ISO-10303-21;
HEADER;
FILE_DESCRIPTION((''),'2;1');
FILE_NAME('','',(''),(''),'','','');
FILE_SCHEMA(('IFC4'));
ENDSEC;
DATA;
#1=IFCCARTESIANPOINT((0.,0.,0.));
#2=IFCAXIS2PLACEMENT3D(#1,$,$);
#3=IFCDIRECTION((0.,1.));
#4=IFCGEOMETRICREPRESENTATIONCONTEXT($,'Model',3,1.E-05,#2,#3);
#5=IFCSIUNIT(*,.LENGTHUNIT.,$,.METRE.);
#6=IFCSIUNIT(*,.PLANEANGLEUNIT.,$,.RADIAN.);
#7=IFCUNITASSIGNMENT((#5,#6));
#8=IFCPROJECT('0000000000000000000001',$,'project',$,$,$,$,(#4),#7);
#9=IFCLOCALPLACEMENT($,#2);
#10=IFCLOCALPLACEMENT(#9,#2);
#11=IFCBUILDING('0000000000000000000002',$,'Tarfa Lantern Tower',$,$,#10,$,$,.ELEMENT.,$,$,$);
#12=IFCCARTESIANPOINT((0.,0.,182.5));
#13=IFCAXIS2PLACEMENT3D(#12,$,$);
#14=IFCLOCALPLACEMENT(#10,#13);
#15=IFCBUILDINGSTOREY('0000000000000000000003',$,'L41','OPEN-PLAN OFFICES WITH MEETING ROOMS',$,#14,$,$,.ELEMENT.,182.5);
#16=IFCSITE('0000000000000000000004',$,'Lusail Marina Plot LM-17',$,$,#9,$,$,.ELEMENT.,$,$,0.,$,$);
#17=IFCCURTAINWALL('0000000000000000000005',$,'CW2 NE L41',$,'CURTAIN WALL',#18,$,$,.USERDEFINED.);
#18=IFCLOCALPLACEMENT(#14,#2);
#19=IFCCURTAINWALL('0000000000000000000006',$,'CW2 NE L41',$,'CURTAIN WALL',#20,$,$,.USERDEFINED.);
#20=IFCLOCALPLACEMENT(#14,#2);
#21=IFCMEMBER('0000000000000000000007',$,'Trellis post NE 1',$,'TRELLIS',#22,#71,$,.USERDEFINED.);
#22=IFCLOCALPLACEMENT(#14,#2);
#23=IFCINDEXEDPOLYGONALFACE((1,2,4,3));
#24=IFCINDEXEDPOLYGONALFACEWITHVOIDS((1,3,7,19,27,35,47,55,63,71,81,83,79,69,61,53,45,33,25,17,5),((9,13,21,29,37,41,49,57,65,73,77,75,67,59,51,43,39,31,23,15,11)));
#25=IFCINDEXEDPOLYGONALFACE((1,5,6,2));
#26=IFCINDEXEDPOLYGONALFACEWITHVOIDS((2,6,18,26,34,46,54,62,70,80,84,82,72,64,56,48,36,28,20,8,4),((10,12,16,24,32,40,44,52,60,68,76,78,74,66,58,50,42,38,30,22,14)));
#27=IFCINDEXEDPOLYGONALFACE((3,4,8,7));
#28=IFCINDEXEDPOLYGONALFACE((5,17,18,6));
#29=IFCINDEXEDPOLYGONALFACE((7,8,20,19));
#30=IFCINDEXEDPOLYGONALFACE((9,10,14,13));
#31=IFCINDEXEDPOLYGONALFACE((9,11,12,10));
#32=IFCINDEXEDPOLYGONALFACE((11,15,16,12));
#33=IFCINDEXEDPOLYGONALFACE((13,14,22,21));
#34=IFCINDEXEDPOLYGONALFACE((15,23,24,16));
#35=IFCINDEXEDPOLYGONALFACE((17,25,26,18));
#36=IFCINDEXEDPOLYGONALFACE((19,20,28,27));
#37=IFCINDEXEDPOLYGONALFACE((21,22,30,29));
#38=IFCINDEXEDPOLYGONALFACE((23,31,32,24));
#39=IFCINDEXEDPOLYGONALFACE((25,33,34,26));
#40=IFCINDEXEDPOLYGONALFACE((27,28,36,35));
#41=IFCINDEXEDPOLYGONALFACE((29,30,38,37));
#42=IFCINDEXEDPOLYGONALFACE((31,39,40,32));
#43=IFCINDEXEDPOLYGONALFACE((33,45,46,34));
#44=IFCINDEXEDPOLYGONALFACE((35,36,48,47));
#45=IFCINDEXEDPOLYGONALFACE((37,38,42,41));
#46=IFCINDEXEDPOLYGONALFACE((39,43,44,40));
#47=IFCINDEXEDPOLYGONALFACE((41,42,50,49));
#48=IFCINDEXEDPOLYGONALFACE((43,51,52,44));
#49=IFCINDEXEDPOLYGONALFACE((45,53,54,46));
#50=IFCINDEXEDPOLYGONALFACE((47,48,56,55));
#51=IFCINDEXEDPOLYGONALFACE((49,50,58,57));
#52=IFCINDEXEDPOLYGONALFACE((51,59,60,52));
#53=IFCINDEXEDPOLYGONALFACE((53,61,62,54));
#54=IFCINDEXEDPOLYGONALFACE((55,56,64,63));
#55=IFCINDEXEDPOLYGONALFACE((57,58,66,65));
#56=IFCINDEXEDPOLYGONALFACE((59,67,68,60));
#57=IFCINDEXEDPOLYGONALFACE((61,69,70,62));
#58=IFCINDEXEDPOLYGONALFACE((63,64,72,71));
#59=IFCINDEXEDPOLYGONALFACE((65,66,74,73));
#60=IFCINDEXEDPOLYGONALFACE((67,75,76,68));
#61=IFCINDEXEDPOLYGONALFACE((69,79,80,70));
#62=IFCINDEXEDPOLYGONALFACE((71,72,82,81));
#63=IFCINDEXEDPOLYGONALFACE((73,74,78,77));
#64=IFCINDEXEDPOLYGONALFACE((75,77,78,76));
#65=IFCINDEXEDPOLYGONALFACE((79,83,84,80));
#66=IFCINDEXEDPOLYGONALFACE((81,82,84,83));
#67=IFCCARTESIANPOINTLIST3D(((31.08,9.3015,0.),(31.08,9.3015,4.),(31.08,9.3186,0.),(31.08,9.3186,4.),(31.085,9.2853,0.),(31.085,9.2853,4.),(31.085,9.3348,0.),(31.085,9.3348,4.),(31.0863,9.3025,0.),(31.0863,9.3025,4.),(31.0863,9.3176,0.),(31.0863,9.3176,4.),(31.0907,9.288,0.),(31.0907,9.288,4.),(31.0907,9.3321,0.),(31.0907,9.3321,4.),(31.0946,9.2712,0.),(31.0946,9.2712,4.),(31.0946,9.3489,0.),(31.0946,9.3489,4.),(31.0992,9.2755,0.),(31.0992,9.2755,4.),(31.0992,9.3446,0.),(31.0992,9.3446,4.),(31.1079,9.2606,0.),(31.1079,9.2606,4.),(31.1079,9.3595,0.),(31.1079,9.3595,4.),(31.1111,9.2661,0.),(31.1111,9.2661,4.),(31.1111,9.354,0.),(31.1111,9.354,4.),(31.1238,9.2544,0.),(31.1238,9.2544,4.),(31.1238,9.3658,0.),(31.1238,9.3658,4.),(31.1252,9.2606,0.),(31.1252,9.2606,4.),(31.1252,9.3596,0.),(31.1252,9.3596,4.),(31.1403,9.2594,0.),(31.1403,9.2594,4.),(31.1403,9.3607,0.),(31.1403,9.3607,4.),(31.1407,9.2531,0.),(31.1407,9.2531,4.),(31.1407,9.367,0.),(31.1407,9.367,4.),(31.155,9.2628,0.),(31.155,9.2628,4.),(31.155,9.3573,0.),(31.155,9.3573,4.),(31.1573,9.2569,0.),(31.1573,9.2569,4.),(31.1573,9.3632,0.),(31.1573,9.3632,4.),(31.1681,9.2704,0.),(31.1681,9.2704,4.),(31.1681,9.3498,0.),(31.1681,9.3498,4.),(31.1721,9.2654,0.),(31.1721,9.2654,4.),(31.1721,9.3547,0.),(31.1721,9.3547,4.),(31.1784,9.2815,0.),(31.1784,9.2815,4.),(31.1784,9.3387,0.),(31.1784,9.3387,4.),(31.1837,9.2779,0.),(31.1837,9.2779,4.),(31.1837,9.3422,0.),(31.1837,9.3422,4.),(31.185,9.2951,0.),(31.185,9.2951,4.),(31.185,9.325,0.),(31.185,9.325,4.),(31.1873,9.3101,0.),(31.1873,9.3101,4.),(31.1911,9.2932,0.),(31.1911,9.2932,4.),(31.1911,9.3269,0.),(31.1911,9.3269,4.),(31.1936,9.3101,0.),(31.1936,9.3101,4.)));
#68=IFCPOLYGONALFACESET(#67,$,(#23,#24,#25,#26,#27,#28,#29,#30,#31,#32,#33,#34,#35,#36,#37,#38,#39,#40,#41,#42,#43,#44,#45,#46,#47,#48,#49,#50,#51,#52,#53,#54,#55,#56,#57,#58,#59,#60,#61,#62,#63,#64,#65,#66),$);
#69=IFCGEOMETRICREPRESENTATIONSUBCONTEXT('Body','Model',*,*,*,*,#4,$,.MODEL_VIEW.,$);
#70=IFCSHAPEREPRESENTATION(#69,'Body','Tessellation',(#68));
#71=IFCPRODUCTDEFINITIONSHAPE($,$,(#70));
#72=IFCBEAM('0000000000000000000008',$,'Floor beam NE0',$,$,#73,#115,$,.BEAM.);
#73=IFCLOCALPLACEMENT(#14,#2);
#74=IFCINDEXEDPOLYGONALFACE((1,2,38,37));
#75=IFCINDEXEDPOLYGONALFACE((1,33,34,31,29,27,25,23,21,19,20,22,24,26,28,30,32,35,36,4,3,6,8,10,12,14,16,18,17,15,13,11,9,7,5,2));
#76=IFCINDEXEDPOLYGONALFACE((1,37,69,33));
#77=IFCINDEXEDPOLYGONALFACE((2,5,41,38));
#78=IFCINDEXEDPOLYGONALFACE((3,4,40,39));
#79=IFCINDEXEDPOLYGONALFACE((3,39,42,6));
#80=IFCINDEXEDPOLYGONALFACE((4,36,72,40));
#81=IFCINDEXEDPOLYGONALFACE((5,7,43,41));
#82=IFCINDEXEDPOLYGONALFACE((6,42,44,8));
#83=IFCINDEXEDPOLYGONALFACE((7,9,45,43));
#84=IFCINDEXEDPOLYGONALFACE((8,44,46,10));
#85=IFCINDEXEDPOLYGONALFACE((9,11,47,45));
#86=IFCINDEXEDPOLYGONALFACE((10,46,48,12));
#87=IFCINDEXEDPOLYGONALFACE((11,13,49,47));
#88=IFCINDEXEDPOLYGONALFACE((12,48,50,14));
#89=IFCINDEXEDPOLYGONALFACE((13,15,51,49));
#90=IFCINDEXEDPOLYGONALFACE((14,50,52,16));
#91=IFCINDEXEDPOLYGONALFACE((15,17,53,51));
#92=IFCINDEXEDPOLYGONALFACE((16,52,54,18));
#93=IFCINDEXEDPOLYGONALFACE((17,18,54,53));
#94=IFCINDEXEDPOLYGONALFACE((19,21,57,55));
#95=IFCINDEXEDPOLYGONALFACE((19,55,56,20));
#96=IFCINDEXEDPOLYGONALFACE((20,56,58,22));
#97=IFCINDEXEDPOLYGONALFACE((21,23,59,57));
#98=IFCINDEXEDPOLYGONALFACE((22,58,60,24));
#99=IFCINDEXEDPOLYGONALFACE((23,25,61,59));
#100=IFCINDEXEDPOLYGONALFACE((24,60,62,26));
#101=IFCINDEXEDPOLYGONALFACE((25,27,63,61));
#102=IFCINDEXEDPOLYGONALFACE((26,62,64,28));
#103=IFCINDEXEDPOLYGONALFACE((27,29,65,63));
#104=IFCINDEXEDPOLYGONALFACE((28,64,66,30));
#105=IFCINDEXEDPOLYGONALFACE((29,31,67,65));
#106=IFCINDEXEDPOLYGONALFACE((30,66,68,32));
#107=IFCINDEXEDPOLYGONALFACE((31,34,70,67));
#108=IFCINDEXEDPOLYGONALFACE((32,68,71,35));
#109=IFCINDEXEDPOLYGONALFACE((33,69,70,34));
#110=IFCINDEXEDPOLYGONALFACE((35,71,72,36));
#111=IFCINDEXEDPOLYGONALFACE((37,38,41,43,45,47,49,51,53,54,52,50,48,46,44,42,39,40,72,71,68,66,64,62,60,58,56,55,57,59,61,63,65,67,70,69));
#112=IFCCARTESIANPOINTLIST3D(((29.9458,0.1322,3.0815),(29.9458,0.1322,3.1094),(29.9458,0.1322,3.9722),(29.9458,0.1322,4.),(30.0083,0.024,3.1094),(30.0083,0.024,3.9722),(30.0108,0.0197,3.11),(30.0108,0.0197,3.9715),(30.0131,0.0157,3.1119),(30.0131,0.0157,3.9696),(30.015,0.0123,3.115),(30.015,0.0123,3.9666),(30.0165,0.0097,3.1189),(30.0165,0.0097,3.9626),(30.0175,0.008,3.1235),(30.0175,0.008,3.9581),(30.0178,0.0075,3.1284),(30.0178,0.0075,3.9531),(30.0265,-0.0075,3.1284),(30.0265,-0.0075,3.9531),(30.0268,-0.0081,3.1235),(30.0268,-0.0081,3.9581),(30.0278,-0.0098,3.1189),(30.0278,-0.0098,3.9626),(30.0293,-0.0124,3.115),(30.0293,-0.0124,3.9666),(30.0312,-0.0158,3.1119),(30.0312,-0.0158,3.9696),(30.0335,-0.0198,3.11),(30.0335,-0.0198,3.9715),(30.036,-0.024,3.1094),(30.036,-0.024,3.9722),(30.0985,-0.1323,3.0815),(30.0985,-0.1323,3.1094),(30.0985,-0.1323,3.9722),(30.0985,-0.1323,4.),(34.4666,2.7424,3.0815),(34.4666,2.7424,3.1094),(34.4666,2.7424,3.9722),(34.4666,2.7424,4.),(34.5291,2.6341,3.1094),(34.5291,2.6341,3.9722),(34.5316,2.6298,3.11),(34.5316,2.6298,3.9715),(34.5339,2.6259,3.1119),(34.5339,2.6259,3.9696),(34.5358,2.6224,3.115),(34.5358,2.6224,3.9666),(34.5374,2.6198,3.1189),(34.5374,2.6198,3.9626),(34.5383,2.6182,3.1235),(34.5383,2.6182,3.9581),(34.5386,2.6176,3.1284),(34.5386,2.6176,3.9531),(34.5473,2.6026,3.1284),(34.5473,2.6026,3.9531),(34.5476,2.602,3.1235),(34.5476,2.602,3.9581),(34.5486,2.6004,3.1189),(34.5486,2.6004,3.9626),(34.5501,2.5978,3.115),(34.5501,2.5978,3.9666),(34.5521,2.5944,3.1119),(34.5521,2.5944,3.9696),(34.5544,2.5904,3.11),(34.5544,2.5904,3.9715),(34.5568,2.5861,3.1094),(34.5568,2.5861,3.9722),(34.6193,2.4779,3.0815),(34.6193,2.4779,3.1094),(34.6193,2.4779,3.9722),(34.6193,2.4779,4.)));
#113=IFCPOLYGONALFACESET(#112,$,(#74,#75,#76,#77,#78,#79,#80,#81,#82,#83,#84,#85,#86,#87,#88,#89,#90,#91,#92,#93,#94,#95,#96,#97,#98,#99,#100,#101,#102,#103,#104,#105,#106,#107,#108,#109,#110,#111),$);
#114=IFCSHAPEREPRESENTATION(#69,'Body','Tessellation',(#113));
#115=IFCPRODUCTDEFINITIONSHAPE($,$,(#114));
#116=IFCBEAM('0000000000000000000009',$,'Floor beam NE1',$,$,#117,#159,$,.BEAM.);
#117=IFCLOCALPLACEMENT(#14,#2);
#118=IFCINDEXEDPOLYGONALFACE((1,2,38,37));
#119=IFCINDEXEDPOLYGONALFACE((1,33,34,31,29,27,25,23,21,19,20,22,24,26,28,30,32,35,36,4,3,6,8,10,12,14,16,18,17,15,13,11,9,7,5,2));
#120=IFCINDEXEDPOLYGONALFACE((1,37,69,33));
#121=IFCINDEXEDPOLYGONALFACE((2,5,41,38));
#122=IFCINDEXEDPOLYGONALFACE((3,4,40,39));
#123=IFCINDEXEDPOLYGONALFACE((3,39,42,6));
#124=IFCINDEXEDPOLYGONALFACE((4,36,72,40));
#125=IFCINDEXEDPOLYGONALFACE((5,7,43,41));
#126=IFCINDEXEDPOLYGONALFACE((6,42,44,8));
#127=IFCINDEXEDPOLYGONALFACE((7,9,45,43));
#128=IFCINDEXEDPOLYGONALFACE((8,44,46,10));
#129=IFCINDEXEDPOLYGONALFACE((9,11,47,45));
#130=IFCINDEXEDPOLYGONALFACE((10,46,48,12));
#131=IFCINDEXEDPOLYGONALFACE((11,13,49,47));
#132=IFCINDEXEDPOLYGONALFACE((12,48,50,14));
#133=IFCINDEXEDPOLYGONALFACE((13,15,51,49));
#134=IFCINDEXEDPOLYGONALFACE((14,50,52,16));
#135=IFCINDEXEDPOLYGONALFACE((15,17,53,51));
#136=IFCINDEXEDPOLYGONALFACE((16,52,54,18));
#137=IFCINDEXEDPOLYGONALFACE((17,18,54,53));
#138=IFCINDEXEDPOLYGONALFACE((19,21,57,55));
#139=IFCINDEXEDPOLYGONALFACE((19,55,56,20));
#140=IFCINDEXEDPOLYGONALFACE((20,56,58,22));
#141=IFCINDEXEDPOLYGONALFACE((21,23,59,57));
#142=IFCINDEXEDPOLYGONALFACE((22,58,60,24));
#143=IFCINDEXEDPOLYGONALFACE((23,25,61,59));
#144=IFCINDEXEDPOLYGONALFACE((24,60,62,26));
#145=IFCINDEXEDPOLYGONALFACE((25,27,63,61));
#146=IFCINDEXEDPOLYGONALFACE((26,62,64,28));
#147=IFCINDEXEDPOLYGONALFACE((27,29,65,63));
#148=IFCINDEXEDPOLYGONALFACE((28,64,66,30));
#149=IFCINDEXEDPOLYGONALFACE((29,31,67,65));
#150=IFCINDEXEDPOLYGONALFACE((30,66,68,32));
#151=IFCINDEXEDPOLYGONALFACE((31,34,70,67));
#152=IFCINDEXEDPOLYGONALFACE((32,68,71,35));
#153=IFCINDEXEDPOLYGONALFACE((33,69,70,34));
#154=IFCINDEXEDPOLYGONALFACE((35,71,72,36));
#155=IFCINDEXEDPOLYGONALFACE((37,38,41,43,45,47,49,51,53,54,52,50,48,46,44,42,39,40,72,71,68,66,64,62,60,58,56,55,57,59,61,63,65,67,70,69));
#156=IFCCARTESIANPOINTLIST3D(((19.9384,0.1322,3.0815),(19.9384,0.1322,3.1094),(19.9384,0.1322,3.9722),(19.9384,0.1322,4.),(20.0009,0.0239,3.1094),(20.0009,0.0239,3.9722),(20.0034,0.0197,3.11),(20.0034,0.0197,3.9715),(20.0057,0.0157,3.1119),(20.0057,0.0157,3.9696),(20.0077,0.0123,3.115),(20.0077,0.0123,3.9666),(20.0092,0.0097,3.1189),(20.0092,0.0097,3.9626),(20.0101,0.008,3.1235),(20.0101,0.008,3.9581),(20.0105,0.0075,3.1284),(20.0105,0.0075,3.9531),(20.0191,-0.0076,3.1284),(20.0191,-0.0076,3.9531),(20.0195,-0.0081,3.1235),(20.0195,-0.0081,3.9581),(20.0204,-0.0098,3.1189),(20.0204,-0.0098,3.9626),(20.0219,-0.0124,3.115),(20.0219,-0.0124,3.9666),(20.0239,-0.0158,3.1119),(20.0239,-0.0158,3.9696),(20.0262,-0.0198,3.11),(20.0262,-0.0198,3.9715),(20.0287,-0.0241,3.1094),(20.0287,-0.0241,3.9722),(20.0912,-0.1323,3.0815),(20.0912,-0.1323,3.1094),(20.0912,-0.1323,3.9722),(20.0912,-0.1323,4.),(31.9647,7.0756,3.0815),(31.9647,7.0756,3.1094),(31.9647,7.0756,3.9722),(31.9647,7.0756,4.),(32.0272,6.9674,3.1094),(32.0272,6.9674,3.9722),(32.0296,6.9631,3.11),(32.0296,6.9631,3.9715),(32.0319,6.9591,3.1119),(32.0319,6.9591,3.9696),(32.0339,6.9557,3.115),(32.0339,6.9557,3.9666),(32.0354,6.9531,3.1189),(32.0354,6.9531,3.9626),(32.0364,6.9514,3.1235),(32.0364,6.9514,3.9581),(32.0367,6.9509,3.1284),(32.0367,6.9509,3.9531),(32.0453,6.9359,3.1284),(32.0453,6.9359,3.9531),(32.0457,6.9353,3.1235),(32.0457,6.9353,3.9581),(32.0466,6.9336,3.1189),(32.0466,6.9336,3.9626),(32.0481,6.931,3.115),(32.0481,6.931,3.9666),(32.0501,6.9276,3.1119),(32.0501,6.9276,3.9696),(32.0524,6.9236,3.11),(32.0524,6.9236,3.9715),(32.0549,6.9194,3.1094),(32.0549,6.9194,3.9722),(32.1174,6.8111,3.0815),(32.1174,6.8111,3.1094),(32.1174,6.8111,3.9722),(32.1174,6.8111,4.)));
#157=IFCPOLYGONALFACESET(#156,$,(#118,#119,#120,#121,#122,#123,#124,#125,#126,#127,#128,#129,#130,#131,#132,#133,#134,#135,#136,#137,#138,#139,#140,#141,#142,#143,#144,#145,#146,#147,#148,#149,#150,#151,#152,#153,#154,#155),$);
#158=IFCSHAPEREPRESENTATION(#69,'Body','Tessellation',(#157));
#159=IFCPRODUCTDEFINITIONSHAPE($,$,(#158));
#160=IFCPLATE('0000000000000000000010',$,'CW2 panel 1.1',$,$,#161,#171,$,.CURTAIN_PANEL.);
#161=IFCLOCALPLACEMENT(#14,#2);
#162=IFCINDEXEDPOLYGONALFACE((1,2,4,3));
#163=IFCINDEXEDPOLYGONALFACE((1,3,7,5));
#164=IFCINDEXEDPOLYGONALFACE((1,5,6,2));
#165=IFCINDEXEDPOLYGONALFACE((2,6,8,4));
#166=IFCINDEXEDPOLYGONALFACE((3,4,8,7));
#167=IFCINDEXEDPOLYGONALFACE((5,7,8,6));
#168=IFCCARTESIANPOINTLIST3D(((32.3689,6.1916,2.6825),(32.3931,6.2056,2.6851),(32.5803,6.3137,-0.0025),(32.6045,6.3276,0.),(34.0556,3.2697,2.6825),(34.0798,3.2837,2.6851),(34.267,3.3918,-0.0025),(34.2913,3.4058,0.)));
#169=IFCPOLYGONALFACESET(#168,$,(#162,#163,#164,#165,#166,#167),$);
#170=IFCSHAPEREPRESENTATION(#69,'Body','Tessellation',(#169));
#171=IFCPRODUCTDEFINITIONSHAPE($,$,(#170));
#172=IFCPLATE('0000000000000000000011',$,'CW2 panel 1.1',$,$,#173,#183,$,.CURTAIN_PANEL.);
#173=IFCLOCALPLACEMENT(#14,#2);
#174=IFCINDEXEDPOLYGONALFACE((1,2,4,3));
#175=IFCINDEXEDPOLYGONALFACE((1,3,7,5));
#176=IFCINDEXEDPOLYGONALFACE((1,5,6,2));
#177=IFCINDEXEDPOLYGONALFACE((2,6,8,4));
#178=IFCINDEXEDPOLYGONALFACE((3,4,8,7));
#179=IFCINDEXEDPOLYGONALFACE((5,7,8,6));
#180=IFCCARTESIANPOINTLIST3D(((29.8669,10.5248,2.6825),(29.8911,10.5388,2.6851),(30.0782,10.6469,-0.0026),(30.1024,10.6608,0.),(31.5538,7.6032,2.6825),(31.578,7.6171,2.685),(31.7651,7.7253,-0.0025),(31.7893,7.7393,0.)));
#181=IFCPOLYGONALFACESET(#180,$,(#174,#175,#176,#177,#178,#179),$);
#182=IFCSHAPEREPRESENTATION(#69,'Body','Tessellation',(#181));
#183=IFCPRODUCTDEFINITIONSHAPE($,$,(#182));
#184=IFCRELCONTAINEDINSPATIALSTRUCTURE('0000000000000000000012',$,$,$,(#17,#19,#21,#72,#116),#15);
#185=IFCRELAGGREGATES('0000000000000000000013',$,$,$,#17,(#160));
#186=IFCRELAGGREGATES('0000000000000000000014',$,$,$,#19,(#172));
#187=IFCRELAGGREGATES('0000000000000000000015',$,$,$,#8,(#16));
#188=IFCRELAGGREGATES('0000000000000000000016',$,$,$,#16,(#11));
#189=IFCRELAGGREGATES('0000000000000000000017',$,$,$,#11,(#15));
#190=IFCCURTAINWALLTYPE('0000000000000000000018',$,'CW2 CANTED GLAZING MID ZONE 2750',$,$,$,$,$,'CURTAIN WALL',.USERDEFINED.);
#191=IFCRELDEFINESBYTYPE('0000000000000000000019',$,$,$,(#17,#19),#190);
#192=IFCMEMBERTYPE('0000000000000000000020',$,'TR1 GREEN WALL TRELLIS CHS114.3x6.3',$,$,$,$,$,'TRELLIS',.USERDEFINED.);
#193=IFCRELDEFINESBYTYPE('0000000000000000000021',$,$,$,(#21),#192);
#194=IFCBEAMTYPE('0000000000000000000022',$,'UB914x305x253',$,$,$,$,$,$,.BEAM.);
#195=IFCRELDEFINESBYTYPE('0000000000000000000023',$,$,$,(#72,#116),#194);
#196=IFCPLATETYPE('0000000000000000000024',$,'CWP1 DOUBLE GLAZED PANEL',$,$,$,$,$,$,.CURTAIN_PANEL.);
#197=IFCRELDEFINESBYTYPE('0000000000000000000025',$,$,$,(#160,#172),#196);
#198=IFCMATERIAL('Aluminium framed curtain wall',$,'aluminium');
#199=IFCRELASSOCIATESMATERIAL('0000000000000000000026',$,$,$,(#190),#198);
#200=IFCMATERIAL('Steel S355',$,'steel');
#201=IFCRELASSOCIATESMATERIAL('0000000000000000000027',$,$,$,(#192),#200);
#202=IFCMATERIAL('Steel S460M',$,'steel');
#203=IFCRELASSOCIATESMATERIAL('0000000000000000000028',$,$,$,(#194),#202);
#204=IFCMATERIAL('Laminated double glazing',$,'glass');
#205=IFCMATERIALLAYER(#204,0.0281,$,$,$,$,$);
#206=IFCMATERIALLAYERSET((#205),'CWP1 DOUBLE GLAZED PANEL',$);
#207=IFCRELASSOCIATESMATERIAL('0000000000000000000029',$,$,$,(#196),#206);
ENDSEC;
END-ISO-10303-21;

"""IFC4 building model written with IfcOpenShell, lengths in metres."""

from ifc_helpers import new_model, si_unit, direction, frame, origin, origin_2d, place, context, subcontext, project, spatial, polyline, hollow_circle, i_section, outline, extrude, material, layer, layer_set, material_profile, profile_set, type_object, element, aggregate, save


model = new_model("IFC4")

# Units and contexts
model_context = context("Model", 3, precision=1e-05, world=origin(), true_north=direction((0.0, 1.0)))
body_context = subcontext(model_context, "Body", "Model", "MODEL_VIEW")
ifc_project = project(units=[si_unit("LENGTHUNIT", "METRE"), si_unit("PLANEANGLEUNIT", "RADIAN")], contexts=[model_context])

# Site, building, storey
site_placement = place(None, origin())
site = spatial("IfcSite", under=ifc_project, at=site_placement, Name="Lusail Marina Plot LM-17", CompositionType="ELEMENT", RefElevation=0.0)
building_placement = place(site_placement, origin())
building = spatial("IfcBuilding", under=site, at=building_placement, Name="Tarfa Lantern Tower", CompositionType="ELEMENT")
storey_placement = place(building_placement, frame((0.0, 0.0, 182.5)))
storey = spatial("IfcBuildingStorey", under=building, at=storey_placement, Name="L41", Description="OPEN-PLAN OFFICES WITH MEETING ROOMS", CompositionType="ELEMENT", Elevation=182.5)

# Curtain walls
ifc_material_1 = material(Name="Aluminium framed curtain wall", Category="aluminium")
curtain_wall_type_1 = type_object("IfcCurtainWallType", Name="CW2 CANTED GLAZING MID ZONE 2750", ElementType="CURTAIN WALL", PredefinedType="USERDEFINED", material=ifc_material_1)
curtain_wall_1_placement = place(storey_placement, origin())
curtain_wall_1 = element("IfcCurtainWall", 1, at=curtain_wall_1_placement, inside=storey, type_object=curtain_wall_type_1, Name="CW2 NE L41", ObjectType="CURTAIN WALL", PredefinedType="USERDEFINED")
curtain_wall_2_placement = place(storey_placement, origin())
curtain_wall_2 = element("IfcCurtainWall", 2, at=curtain_wall_2_placement, inside=storey, type_object=curtain_wall_type_1, Name="CW2 NE L41", ObjectType="CURTAIN WALL", PredefinedType="USERDEFINED")

# Member
ifc_material_2 = material(Name="Steel S355", Category="steel")
ifc_material_profile_1 = material_profile(ifc_material_2, hollow_circle(Radius=0.0571, WallThickness=0.0063, at=origin_2d()), Name="CHS114.3x6.3")
ifc_profile_set_1 = profile_set([ifc_material_profile_1], Name="Steel S355")
member_type_1 = type_object("IfcMemberType", Name="TR1 GREEN WALL TRELLIS CHS114.3x6.3", ElementType="TRELLIS", PredefinedType="USERDEFINED", material=ifc_profile_set_1)
member_1_placement = place(storey_placement, frame((31.1365, 9.3101, 0.0), z_axis=(0.0, 0.0, 1.0), x_axis=(1.0, 0.0, 0.0)))
element("IfcMember", 3, at=member_1_placement, inside=storey, type_object=member_type_1, Name="Trellis post NE 1", ObjectType="TRELLIS", PredefinedType="USERDEFINED", context=body_context, shape_type="SweptSolid", body=[
    extrude(hollow_circle(Radius=0.0571, WallThickness=0.0063, at=origin_2d()), origin(), (0.0, 0.0, 1.0), 4.0),
])

# Beams
ifc_material_3 = material(Name="Steel S460M", Category="steel")
ifc_material_profile_2 = material_profile(ifc_material_3, i_section(OverallWidth=0.3054, OverallDepth=0.9185, WebThickness=0.0173, FlangeThickness=0.0278, FilletRadius=0.019, at=origin_2d()), Name="UB914x305x253")
ifc_profile_set_2 = profile_set([ifc_material_profile_2], Name="Steel S460M")
beam_type_1 = type_object("IfcBeamType", Name="UB914x305x253", PredefinedType="BEAM", material=ifc_profile_set_2)
beam_1_placement = place(storey_placement, frame((34.543, 2.6101, 3.5408), z_axis=(-0.866021, -0.500007, 0.0), x_axis=(0.500007, -0.866021, 0.0)))
element("IfcBeam", 4, at=beam_1_placement, inside=storey, type_object=beam_type_1, Name="Floor beam NE0", PredefinedType="BEAM", context=body_context, shape_type="SweptSolid", body=[
    extrude(i_section(OverallWidth=0.3054, OverallDepth=0.9185, WebThickness=0.0173, FlangeThickness=0.0278, FilletRadius=0.019, at=origin_2d()), origin(), (0.0, 0.0, 1.0), 5.2202),
])
beam_2_placement = place(storey_placement, frame((32.041, 6.9434, 3.5408), z_axis=(-0.866023, -0.500004, 0.0), x_axis=(0.500004, -0.866023, 0.0)))
element("IfcBeam", 5, at=beam_2_placement, inside=storey, type_object=beam_type_1, Name="Floor beam NE1", PredefinedType="BEAM", context=body_context, shape_type="SweptSolid", body=[
    extrude(i_section(OverallWidth=0.3054, OverallDepth=0.9185, WebThickness=0.0173, FlangeThickness=0.0278, FilletRadius=0.019, at=origin_2d()), origin(), (0.0, 0.0, 1.0), 13.8867),
])

# Plates
ifc_material_4 = material(Name="Laminated double glazing", Category="glass")
ifc_layer_1 = layer(ifc_material_4, 0.0281)
ifc_layer_set_1 = layer_set([ifc_layer_1], Name="CWP1 DOUBLE GLAZED PANEL")
plate_type = type_object("IfcPlateType", Name="CWP1 DOUBLE GLAZED PANEL", PredefinedType="CURTAIN_PANEL", material=ifc_layer_set_1)
plate_1_placement = place(storey_placement, frame((34.2913, 3.4058, 0.0), z_axis=(0.86249, 0.497907, 0.09055), x_axis=(-0.49996, 0.866048, 0.0)))
plate_1 = element("IfcPlate", 6, at=plate_1_placement, type_object=plate_type, Name="CW2 panel 1.1", PredefinedType="CURTAIN_PANEL", context=body_context, shape_type="SweptSolid", body=[
    extrude(outline(polyline([(0.0, 0.0), (3.3738, 0.0), (3.3738, 2.6961), (0.0, 2.6961), (0.0, 0.0)])), origin(), (0.0, 0.0, -1.0), 0.0281),
])
aggregate(curtain_wall_1, [plate_1])
plate_2_placement = place(storey_placement, frame((31.7893, 7.7393, 0.0), z_axis=(0.86246, 0.497967, 0.090511), x_axis=(-0.500019, 0.866015, -0.000003)))
plate_2 = element("IfcPlate", 7, at=plate_2_placement, type_object=plate_type, Name="CW2 panel 1.1", PredefinedType="CURTAIN_PANEL", context=body_context, shape_type="SweptSolid", body=[
    extrude(outline(polyline([(0.0, 0.0), (3.3736, 0.0), (3.3736, 2.6961), (-0.0001, 2.6961), (0.0, 0.0)])), origin(), (0.0, 0.0, -1.0), 0.0281),
])
aggregate(curtain_wall_2, [plate_2])

save(model, "model.ifc")
